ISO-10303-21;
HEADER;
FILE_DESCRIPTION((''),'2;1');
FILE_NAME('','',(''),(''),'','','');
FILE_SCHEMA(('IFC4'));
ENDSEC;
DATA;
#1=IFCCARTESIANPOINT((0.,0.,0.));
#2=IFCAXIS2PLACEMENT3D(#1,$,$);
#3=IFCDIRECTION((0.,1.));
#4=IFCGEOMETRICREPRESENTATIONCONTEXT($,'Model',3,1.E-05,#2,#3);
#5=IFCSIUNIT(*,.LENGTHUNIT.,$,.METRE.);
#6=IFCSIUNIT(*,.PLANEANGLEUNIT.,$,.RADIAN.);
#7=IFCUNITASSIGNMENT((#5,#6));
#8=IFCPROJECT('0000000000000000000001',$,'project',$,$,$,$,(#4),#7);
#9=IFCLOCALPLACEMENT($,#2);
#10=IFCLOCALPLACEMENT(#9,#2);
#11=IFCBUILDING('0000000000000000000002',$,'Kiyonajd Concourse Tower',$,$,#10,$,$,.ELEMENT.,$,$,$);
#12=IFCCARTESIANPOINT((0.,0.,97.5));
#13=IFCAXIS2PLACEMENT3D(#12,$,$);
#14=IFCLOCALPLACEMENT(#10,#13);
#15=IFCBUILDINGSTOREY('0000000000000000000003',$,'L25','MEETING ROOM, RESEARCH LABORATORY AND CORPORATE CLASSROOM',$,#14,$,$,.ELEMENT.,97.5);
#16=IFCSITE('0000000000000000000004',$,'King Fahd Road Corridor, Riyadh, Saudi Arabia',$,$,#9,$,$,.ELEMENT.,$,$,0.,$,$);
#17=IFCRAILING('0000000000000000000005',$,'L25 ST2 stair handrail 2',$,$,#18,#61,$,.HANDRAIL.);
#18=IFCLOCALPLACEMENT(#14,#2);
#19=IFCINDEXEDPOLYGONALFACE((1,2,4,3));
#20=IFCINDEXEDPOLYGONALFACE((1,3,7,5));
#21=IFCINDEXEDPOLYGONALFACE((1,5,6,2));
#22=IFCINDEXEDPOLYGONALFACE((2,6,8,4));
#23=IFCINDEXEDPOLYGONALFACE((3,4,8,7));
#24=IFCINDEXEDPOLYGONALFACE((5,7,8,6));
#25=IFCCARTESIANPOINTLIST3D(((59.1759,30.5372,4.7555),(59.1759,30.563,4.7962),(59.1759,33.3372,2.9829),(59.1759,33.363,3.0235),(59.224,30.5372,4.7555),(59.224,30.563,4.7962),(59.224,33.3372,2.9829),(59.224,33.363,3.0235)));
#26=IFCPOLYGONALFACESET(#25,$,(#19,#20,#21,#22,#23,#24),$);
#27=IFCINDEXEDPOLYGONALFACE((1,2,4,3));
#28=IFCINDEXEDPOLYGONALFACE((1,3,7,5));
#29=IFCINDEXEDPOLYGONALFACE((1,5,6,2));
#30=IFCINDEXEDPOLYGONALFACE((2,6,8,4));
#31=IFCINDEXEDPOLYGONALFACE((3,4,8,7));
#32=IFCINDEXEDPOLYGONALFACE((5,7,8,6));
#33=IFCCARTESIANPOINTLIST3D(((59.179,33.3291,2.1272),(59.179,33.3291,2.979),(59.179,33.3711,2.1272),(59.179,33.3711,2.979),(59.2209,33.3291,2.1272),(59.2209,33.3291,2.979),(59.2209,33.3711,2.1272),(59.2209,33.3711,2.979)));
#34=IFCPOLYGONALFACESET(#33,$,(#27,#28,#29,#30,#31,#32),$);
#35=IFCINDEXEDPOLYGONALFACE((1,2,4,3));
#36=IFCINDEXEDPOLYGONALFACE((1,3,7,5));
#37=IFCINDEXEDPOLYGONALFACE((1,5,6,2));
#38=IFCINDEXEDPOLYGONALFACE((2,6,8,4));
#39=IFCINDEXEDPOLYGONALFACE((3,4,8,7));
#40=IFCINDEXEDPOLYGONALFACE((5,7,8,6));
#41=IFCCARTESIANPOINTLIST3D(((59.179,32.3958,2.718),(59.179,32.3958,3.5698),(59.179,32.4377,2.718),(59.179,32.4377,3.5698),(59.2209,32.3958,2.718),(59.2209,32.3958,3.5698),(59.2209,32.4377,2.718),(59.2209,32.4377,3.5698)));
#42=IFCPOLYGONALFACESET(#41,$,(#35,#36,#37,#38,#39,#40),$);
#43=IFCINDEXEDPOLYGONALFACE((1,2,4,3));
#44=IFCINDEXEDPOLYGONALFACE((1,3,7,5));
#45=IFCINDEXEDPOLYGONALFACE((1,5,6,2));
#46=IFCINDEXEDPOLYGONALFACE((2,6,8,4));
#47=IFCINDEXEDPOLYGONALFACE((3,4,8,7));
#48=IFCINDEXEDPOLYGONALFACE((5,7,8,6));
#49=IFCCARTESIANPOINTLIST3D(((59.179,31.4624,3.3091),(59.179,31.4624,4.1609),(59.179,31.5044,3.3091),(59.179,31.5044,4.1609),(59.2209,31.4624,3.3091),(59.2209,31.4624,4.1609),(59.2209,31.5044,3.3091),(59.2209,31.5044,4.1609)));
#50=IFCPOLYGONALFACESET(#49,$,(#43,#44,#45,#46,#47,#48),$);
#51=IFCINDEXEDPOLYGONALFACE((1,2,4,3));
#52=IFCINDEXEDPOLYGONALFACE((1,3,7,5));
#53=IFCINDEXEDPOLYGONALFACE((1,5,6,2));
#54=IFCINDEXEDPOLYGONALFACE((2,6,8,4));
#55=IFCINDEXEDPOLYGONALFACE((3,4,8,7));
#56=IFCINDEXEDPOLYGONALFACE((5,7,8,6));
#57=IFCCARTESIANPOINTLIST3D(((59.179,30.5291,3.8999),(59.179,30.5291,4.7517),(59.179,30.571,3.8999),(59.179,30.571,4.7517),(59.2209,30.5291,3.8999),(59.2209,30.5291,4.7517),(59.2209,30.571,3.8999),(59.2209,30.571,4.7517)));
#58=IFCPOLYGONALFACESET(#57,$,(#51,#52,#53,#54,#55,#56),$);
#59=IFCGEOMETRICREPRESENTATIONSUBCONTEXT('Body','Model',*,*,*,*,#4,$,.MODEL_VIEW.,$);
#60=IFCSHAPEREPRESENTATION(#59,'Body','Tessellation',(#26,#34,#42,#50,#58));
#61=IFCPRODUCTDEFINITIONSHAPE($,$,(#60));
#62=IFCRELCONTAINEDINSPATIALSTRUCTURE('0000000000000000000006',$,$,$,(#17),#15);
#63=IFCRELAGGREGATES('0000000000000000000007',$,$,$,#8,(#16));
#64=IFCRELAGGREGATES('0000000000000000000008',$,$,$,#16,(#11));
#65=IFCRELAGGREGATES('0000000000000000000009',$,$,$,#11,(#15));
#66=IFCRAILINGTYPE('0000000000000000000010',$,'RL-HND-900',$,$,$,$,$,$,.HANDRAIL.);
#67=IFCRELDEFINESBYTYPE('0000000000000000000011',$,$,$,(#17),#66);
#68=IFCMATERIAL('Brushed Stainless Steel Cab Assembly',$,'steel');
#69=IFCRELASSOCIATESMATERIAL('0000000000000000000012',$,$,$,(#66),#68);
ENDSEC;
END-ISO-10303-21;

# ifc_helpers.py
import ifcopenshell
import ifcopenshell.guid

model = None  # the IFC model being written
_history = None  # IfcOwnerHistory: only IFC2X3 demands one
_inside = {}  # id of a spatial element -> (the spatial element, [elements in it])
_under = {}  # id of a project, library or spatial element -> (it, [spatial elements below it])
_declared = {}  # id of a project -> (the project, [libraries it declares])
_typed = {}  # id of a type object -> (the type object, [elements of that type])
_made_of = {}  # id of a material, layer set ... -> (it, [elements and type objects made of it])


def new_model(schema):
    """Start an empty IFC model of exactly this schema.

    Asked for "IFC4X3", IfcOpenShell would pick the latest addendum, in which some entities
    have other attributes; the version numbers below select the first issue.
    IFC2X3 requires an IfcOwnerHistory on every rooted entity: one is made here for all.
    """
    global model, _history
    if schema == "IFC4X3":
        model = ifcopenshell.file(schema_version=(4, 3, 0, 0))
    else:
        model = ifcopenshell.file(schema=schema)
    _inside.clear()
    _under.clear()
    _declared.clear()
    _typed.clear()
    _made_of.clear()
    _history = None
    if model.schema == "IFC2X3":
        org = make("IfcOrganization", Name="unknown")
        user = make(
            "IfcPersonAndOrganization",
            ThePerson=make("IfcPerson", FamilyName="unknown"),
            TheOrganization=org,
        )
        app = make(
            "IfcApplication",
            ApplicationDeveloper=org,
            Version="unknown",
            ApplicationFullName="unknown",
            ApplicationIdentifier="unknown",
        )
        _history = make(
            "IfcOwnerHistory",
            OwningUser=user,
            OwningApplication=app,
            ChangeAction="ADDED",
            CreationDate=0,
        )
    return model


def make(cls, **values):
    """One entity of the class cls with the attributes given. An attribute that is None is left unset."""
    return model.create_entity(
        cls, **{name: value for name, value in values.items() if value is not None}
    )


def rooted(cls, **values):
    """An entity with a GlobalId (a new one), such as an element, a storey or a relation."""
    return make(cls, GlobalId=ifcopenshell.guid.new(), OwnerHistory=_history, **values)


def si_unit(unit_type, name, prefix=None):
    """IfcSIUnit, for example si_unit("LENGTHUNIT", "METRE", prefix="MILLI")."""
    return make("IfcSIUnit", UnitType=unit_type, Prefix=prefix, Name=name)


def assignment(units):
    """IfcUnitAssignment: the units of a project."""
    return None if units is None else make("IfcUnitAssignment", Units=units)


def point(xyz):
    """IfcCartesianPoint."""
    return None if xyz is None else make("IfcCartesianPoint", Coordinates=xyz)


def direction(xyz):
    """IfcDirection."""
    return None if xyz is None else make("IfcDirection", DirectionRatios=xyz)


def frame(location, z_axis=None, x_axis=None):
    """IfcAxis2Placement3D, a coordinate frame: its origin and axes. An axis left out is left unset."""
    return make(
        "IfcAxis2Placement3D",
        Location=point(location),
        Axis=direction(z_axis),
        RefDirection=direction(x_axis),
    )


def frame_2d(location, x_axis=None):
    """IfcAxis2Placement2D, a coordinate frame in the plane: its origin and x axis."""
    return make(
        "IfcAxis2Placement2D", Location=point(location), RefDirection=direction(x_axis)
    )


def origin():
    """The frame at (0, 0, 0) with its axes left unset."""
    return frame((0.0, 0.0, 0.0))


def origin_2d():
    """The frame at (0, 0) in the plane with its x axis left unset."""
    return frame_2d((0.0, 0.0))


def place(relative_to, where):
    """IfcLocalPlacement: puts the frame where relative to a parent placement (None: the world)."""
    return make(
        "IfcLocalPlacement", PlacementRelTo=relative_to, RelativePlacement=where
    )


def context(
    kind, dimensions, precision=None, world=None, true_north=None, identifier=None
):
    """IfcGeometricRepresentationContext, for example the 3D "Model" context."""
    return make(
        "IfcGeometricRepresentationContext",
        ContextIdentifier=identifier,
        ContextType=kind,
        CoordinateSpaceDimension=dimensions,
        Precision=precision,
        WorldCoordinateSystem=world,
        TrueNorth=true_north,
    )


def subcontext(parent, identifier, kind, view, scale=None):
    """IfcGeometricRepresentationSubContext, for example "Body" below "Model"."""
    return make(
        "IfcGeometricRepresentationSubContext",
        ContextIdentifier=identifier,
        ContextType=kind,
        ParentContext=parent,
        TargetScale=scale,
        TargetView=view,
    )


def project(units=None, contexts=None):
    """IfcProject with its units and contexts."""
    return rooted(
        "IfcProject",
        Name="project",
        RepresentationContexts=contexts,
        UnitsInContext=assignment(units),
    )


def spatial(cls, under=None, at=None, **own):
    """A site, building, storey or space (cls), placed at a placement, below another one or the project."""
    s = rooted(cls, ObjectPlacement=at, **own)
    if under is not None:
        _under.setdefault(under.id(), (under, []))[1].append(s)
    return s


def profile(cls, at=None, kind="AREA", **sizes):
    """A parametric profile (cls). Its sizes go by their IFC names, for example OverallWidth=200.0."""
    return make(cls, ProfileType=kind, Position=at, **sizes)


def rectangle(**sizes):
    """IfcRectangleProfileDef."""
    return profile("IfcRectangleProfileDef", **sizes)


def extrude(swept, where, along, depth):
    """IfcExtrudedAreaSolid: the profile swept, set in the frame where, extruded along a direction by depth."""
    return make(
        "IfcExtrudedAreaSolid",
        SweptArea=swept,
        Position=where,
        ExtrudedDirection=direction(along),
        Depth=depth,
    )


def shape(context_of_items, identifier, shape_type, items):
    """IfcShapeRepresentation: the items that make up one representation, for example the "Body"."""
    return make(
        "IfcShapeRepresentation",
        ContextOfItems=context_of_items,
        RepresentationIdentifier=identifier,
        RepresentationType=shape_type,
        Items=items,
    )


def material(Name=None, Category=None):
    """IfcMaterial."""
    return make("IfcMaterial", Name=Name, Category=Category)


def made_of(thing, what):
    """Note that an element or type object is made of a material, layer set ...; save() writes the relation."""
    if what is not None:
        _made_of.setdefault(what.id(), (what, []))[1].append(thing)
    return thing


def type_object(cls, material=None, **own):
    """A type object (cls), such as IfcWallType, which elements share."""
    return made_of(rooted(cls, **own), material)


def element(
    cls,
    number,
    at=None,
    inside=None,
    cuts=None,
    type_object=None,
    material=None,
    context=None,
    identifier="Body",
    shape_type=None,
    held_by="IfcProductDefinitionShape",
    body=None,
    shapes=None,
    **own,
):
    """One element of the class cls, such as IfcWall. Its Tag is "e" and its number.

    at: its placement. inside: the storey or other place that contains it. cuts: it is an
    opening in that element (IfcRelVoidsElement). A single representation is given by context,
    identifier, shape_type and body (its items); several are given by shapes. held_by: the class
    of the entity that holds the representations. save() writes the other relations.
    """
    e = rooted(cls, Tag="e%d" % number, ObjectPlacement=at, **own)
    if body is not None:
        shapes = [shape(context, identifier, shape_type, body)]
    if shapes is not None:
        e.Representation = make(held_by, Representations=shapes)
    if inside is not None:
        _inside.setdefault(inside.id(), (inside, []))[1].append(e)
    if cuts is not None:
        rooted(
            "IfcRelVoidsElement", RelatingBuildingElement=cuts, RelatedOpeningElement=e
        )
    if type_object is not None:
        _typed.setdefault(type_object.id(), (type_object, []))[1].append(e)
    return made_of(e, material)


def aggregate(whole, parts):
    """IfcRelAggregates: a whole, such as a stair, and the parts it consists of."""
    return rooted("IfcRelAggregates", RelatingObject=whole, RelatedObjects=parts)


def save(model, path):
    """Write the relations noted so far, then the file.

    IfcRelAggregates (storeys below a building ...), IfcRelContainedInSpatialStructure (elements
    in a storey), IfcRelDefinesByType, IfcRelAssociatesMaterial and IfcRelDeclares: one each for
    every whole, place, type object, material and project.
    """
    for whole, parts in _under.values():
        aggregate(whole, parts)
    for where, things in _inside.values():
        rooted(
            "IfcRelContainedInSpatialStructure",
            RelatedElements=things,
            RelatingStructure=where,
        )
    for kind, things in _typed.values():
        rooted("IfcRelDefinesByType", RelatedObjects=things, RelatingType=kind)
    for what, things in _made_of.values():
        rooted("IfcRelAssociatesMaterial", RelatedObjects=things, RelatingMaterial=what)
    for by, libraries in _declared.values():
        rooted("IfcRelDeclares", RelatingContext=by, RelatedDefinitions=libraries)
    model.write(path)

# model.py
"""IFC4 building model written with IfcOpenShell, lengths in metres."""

from ifc_helpers import new_model, si_unit, direction, frame, origin, origin_2d, place, context, subcontext, project, spatial, rectangle, extrude, material, type_object, element, save


model = new_model("IFC4")

# Units and contexts
model_context = context("Model", 3, precision=1e-05, world=origin(), true_north=direction((0.0, 1.0)))
body_context = subcontext(model_context, "Body", "Model", "MODEL_VIEW")
ifc_project = project(units=[si_unit("LENGTHUNIT", "METRE"), si_unit("PLANEANGLEUNIT", "RADIAN")], contexts=[model_context])

# Site, building, storey
site_placement = place(None, origin())
site = spatial("IfcSite", under=ifc_project, at=site_placement, Name="King Fahd Road Corridor, Riyadh, Saudi Arabia", CompositionType="ELEMENT", RefElevation=0.0)
building_placement = place(site_placement, origin())
building = spatial("IfcBuilding", under=site, at=building_placement, Name="Kiyonajd Concourse Tower", CompositionType="ELEMENT")
storey_placement = place(building_placement, frame((0.0, 0.0, 97.5)))
storey = spatial("IfcBuildingStorey", under=building, at=storey_placement, Name="L25", Description="MEETING ROOM, RESEARCH LABORATORY AND CORPORATE CLASSROOM", CompositionType="ELEMENT", Elevation=97.5)

# Railing
ifc_material_1 = material(Name="Brushed Stainless Steel Cab Assembly", Category="steel")
railing_type_1 = type_object("IfcRailingType", Name="RL-HND-900", PredefinedType="HANDRAIL", material=ifc_material_1)
railing_1_placement = place(storey_placement, frame((59.2, 33.3501, 2.1272)))
element("IfcRailing", 1, at=railing_1_placement, inside=storey, type_object=railing_type_1, Name="L25 ST2 stair handrail 2", PredefinedType="HANDRAIL", context=body_context, shape_type="SweptSolid", body=[
    extrude(rectangle(XDim=0.0481, YDim=0.0481, at=origin_2d()), frame((0.0, 0.0, 0.876), z_axis=(0.0, -0.844909, 0.53491), x_axis=(1.0, 0.0, 0.0)), (0.0, 0.0, 1.0), 3.314),
    extrude(rectangle(XDim=0.042, YDim=0.042, at=origin_2d()), origin(), (0.0, 0.0, 1.0), 0.8518),
    extrude(rectangle(XDim=0.042, YDim=0.042, at=origin_2d()), frame((0.0, -0.9333, 0.5908)), (0.0, 0.0, 1.0), 0.8518),
    extrude(rectangle(XDim=0.042, YDim=0.042, at=origin_2d()), frame((0.0, -1.8667, 1.1819)), (0.0, 0.0, 1.0), 0.8518),
    extrude(rectangle(XDim=0.042, YDim=0.042, at=origin_2d()), frame((0.0, -2.8, 1.7727)), (0.0, 0.0, 1.0), 0.8518),
])

save(model, "model.ifc")
